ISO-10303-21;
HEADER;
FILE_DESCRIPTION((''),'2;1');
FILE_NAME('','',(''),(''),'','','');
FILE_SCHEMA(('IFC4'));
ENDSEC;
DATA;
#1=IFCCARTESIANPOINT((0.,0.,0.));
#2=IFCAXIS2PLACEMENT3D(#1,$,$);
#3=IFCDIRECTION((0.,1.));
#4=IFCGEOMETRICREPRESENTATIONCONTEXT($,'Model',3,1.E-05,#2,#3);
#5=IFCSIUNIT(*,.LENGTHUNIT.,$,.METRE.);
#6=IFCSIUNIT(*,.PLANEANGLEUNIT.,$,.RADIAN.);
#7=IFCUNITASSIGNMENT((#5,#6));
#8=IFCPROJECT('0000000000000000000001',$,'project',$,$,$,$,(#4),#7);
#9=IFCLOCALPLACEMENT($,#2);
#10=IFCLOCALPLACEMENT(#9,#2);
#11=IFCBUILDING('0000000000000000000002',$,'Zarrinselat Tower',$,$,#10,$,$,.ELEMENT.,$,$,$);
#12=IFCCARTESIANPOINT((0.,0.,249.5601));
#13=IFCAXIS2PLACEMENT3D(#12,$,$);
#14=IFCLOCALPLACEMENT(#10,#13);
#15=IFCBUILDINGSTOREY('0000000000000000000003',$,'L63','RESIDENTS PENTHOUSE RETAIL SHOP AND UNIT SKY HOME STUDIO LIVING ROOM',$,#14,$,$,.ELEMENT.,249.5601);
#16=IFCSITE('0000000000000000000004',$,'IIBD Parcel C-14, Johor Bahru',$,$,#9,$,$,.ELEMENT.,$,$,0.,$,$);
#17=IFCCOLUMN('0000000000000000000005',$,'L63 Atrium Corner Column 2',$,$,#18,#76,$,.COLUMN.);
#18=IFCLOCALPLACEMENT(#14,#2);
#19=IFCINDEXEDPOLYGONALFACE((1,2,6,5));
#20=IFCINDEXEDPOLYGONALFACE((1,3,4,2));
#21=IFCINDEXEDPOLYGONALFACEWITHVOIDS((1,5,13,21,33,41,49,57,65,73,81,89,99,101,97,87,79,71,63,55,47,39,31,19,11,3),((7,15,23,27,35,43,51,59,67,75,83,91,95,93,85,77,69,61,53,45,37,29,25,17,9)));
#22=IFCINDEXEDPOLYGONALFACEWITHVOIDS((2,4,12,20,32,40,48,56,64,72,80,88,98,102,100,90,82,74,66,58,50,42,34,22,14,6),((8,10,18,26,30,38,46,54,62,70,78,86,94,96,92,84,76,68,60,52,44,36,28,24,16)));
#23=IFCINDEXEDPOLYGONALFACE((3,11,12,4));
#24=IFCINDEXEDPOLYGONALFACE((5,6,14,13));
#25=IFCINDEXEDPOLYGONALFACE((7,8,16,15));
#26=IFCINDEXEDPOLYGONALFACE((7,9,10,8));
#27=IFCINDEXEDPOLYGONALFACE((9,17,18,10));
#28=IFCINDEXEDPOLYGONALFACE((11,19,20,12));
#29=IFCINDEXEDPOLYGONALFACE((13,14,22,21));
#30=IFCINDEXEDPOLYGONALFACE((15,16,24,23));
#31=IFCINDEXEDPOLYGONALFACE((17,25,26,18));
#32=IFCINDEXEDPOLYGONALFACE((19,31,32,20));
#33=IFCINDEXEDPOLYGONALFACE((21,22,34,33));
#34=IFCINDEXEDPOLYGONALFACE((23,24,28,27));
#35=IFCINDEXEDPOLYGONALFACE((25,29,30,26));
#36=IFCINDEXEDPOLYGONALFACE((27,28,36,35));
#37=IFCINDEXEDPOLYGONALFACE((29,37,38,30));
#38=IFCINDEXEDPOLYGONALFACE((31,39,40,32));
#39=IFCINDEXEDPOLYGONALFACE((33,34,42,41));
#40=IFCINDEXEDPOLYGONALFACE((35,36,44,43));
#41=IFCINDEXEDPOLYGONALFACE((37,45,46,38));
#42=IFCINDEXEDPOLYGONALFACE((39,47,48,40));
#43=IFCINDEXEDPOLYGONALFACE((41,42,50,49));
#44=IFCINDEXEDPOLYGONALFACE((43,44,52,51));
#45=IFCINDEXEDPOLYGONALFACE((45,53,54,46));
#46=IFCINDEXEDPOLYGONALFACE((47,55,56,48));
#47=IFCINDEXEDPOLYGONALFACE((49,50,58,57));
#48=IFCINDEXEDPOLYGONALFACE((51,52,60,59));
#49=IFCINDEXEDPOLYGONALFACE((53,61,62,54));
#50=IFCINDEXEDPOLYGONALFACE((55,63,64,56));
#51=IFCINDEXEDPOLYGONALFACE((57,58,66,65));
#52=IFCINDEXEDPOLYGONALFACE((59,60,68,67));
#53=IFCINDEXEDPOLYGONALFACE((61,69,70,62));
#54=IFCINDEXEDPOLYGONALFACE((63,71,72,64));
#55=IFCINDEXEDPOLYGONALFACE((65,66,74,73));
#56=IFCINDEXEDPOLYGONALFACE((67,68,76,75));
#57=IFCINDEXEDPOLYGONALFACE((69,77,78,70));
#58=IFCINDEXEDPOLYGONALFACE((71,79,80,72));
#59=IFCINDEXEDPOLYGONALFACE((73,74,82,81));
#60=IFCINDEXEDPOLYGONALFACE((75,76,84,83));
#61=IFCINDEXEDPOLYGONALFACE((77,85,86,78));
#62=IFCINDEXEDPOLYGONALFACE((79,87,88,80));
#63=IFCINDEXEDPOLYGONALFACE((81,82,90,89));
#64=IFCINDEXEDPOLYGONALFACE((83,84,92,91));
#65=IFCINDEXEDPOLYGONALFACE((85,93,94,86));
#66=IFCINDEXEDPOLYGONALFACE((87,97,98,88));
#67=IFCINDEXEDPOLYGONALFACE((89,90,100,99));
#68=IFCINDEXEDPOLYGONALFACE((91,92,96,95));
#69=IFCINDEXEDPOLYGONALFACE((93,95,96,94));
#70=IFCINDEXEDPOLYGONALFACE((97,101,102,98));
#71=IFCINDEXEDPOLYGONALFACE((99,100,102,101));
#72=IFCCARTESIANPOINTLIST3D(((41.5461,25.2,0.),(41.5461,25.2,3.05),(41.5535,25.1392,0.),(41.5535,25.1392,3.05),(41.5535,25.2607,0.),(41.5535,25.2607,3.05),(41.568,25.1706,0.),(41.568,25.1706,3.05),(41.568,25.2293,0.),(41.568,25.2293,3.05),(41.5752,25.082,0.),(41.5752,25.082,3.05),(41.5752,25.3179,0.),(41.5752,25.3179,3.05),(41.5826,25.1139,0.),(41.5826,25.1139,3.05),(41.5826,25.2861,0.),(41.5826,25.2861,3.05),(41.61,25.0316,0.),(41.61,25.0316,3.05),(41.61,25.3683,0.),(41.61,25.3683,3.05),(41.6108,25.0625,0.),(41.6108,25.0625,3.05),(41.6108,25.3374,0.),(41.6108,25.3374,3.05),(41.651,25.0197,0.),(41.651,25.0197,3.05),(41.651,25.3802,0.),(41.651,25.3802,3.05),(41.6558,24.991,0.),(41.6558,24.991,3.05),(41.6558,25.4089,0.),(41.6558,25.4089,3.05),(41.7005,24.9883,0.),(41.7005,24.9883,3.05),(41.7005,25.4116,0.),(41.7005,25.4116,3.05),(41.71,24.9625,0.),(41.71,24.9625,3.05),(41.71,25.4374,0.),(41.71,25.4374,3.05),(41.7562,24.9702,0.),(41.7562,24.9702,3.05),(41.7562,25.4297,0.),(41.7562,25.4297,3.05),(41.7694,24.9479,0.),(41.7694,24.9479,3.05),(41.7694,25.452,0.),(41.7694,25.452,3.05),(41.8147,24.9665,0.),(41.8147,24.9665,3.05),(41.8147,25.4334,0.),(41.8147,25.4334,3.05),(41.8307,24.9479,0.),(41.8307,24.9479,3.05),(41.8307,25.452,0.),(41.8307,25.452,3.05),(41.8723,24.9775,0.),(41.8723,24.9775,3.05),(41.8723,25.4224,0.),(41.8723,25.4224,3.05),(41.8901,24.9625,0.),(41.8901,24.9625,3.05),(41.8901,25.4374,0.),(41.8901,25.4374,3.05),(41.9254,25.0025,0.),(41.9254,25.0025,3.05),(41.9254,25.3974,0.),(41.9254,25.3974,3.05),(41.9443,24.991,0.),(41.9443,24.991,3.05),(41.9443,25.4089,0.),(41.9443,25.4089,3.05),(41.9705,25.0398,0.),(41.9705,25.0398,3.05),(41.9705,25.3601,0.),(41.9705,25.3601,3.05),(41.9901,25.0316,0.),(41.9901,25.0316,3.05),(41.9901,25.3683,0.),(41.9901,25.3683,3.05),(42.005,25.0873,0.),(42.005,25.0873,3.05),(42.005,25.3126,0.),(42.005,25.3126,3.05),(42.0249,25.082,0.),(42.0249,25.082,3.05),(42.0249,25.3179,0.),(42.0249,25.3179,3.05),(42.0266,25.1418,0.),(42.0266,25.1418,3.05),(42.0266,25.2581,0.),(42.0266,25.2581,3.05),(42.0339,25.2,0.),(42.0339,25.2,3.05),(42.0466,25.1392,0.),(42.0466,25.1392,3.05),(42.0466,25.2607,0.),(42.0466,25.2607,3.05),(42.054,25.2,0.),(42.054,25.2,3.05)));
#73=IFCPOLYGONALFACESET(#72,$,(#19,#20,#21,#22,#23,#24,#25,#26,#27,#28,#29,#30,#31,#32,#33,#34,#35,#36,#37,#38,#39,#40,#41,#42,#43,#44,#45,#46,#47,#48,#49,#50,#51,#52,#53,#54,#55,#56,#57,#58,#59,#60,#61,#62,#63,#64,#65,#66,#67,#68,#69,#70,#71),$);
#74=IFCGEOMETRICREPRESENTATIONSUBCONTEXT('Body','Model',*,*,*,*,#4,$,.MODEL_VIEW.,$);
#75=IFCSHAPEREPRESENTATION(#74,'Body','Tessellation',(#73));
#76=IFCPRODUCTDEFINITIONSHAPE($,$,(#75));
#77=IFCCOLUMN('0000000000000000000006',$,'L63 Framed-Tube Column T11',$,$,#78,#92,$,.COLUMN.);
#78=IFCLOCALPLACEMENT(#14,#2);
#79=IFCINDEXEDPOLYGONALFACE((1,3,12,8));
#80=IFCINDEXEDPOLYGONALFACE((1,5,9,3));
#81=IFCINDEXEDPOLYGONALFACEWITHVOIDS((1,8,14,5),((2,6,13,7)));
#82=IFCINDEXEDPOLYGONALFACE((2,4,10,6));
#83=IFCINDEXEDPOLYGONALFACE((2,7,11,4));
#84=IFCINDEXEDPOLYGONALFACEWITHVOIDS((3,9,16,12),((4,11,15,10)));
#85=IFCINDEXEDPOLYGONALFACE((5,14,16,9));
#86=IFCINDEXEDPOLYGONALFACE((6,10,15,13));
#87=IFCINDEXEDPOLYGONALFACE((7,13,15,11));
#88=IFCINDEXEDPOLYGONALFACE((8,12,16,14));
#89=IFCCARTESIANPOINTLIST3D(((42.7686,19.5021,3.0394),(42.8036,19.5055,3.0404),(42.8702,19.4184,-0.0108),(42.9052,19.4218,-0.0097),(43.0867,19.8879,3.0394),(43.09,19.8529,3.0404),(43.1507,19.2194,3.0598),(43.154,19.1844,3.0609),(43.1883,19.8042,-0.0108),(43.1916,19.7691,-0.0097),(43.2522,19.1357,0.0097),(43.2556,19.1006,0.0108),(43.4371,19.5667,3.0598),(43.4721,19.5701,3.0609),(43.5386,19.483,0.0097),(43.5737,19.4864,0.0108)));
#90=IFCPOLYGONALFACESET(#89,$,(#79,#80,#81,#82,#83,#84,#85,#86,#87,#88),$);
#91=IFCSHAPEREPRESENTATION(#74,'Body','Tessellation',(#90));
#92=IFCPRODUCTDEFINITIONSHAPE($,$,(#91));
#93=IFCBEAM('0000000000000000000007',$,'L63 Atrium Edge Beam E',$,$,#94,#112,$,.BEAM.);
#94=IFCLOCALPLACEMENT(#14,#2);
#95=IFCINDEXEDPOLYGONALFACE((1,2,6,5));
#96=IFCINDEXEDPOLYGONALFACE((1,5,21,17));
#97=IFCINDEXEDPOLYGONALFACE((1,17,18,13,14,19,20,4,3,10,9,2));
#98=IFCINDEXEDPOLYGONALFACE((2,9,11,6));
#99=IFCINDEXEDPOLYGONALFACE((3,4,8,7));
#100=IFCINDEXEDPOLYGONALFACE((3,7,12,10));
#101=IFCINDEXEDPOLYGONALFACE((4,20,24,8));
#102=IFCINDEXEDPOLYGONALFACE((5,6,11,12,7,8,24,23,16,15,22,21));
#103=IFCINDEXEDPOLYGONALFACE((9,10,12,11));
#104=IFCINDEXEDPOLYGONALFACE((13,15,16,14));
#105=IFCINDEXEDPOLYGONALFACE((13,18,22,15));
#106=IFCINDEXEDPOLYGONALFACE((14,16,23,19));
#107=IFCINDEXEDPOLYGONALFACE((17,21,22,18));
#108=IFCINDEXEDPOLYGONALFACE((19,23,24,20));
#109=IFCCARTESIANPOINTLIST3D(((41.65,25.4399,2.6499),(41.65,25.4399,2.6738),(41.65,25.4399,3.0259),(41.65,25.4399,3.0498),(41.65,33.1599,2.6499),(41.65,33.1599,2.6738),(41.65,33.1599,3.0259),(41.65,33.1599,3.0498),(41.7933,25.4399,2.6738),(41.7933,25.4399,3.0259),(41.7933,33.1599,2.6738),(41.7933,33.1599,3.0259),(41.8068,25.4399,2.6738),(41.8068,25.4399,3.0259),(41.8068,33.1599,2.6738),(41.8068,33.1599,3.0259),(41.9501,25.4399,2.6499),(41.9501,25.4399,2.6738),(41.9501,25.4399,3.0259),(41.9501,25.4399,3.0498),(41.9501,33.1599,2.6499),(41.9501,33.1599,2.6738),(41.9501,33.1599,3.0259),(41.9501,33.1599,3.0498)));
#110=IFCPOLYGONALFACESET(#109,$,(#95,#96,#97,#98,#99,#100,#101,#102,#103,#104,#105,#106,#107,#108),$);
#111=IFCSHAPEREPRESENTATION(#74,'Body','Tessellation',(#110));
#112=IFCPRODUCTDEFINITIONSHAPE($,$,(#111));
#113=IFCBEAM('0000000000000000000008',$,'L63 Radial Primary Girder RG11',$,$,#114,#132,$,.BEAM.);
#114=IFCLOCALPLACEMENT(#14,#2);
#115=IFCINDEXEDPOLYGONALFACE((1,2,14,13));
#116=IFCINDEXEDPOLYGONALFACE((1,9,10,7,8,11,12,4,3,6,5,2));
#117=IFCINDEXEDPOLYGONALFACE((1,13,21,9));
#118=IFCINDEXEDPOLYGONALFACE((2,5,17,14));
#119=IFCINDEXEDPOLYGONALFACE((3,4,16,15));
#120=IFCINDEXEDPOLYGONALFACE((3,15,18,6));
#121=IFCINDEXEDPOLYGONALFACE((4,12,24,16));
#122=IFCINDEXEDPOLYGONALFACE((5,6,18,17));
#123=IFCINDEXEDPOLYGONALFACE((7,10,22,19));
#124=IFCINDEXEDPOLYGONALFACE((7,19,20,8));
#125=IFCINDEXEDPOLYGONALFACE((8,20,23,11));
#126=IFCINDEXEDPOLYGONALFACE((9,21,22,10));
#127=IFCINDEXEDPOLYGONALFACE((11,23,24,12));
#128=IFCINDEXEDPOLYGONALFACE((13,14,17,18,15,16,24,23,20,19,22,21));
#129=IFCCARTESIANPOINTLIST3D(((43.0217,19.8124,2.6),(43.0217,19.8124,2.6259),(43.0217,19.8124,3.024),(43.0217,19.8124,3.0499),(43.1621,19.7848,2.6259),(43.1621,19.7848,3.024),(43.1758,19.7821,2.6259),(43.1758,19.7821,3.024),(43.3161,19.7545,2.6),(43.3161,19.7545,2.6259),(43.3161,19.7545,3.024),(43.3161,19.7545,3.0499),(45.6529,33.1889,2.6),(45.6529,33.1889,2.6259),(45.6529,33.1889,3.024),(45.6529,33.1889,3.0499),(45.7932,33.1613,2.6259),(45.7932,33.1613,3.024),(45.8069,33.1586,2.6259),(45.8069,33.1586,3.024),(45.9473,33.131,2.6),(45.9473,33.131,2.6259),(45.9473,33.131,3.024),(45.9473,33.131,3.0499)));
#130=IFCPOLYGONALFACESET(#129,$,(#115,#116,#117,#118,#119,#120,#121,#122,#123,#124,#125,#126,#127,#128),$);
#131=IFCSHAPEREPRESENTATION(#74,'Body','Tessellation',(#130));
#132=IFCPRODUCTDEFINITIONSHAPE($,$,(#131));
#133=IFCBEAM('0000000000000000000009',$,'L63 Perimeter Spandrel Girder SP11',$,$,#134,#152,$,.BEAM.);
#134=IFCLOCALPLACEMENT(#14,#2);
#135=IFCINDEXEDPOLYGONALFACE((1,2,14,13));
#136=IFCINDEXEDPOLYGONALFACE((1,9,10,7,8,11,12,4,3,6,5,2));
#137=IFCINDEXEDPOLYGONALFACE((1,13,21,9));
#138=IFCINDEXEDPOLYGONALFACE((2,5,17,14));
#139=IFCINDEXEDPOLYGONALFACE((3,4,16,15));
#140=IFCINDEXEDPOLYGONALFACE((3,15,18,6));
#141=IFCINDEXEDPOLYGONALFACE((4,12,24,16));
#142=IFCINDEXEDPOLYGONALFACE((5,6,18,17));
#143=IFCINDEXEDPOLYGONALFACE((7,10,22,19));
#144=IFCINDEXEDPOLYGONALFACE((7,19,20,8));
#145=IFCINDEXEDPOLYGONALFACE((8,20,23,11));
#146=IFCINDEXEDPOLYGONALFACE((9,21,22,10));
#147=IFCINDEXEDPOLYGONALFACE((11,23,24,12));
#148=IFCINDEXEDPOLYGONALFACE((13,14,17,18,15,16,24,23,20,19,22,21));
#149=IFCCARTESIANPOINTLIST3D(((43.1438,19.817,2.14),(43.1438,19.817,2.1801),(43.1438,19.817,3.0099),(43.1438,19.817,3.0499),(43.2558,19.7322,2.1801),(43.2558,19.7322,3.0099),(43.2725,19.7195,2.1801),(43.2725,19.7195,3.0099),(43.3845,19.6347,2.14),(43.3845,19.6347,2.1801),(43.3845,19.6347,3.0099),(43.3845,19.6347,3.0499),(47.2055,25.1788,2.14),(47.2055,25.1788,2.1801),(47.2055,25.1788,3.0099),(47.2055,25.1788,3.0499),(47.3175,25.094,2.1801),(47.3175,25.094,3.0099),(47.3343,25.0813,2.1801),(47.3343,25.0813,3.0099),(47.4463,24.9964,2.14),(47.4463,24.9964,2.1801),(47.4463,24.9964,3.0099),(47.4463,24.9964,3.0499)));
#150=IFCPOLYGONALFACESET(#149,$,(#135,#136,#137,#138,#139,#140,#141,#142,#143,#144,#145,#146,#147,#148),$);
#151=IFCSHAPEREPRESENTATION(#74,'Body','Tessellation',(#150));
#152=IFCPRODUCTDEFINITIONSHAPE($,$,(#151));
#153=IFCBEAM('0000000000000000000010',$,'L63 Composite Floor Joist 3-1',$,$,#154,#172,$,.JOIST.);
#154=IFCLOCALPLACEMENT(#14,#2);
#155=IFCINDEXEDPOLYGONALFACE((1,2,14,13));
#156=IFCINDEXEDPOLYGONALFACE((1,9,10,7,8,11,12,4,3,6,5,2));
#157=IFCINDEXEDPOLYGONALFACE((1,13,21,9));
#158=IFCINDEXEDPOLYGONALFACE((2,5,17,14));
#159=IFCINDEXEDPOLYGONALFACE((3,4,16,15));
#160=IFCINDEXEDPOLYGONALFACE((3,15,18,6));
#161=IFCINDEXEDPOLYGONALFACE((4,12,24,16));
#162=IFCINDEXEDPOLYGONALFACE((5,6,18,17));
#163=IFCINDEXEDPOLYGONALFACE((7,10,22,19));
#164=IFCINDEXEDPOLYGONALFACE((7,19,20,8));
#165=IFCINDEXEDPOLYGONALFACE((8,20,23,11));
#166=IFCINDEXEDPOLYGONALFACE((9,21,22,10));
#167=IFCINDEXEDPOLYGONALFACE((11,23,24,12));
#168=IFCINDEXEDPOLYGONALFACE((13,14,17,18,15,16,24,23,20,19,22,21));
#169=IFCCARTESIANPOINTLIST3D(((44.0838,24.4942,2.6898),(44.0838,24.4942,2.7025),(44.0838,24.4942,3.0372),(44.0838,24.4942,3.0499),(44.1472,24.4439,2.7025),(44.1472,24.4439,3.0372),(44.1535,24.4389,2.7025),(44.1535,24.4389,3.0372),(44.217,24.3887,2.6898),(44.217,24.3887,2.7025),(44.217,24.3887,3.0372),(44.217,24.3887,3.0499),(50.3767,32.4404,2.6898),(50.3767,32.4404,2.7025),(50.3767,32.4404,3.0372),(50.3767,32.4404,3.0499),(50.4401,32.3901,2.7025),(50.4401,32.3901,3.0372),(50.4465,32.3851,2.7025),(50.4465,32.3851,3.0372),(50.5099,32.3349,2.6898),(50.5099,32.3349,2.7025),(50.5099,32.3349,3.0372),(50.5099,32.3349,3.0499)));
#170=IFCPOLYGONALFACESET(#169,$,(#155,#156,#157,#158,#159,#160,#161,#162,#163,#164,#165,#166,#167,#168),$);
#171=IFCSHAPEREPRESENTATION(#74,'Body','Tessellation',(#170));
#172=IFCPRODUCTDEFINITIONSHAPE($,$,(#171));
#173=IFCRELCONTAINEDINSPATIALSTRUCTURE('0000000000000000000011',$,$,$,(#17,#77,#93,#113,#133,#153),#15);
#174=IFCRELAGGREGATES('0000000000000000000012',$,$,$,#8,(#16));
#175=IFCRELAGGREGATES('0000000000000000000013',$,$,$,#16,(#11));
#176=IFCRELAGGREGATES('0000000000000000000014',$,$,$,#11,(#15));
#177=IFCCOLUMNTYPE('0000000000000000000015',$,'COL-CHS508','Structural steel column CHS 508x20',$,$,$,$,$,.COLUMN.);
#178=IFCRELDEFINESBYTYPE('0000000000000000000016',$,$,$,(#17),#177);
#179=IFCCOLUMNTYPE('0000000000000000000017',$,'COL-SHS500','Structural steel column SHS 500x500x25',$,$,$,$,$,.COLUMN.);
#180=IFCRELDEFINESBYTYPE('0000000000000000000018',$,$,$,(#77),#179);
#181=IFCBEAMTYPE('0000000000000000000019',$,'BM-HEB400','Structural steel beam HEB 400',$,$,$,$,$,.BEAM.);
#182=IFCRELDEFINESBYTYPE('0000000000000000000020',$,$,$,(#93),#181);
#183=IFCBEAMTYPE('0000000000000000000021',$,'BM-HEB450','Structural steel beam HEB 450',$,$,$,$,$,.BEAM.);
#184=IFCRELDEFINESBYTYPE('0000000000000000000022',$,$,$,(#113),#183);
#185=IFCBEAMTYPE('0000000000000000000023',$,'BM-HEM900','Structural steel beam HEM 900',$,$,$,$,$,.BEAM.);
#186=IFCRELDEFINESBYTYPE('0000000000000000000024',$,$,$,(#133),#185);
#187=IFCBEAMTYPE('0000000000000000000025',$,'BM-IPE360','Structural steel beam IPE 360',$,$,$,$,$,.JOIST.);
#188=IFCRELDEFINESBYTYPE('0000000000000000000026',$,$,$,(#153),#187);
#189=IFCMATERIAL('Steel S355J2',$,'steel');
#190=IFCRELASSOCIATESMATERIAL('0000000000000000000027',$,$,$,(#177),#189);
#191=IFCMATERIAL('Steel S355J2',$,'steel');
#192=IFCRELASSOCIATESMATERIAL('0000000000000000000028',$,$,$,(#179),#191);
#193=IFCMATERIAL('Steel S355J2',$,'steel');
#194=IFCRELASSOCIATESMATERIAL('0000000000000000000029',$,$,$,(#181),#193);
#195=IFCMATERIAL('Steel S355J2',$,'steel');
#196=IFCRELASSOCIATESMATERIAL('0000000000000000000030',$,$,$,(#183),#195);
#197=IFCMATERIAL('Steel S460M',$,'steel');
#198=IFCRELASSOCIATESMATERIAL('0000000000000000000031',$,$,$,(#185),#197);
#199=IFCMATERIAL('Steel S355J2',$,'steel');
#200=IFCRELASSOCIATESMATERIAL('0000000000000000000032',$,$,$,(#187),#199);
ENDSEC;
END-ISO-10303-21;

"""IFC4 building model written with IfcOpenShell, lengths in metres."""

from ifc_helpers import new_model, si_unit, direction, frame, origin, origin_2d, place, context, subcontext, project, spatial, hollow_rectangle, hollow_circle, i_section, extrude, material, material_profile, profile_set, type_object, element, save


model = new_model("IFC4")

# Units and contexts
model_context = context("Model", 3, precision=1e-05, world=origin(), true_north=direction((0.0, 1.0)))
body_context = subcontext(model_context, "Body", "Model", "MODEL_VIEW")
ifc_project = project(units=[si_unit("LENGTHUNIT", "METRE"), si_unit("PLANEANGLEUNIT", "RADIAN")], contexts=[model_context])

# Site, building, storey
site_placement = place(None, origin())
site = spatial("IfcSite", under=ifc_project, at=site_placement, Name="IIBD Parcel C-14, Johor Bahru", CompositionType="ELEMENT", RefElevation=0.0)
building_placement = place(site_placement, origin())
building = spatial("IfcBuilding", under=site, at=building_placement, Name="Zarrinselat Tower", CompositionType="ELEMENT")
storey_placement = place(building_placement, frame((0.0, 0.0, 249.5601)))
storey = spatial("IfcBuildingStorey", under=building, at=storey_placement, Name="L63", Description="RESIDENTS PENTHOUSE RETAIL SHOP AND UNIT SKY HOME STUDIO LIVING ROOM", CompositionType="ELEMENT", Elevation=249.5601)

# Columns
ifc_material_1 = material(Name="Steel S355J2", Category="steel")
ifc_material_profile_1 = material_profile(ifc_material_1, hollow_circle(Radius=0.2539, WallThickness=0.02, at=origin_2d()), Name="CHS 508x20")
ifc_profile_set_1 = profile_set([ifc_material_profile_1], Name="Steel S355J2")
column_type_1 = type_object("IfcColumnType", Name="COL-CHS508", Description="Structural steel column CHS 508x20", PredefinedType="COLUMN", material=ifc_profile_set_1)
column_1_placement = place(storey_placement, frame((41.8, 25.2, 0.0), z_axis=(0.0, 0.0, 1.0), x_axis=(1.0, 0.0, 0.0)))
element("IfcColumn", 1, at=column_1_placement, inside=storey, type_object=column_type_1, Name="L63 Atrium Corner Column 2", PredefinedType="COLUMN", context=body_context, shape_type="SweptSolid", body=[
    extrude(hollow_circle(Radius=0.2539, WallThickness=0.02, at=origin_2d()), origin(), (0.0, 0.0, 1.0), 3.05),
])
ifc_material_2 = material(Name="Steel S355J2", Category="steel")
ifc_material_profile_2 = material_profile(ifc_material_2, hollow_rectangle(XDim=0.5, YDim=0.5, WallThickness=0.0249, at=origin_2d()), Name="SHS 500x500x25")
ifc_profile_set_2 = profile_set([ifc_material_profile_2], Name="Steel S355J2")
column_type_2 = type_object("IfcColumnType", Name="COL-SHS500", Description="Structural steel column SHS 500x500x25", PredefinedType="COLUMN", material=ifc_profile_set_2)
column_2_placement = place(storey_placement, frame((43.2219, 19.4524, 0.0), z_axis=(-0.033268, 0.02743, 0.99907), x_axis=(-0.636162, -0.771555, 0.0)))
element("IfcColumn", 2, at=column_2_placement, inside=storey, type_object=column_type_2, Name="L63 Framed-Tube Column T11", PredefinedType="COLUMN", context=body_context, shape_type="SweptSolid", body=[
    extrude(hollow_rectangle(XDim=0.5, YDim=0.5, WallThickness=0.0249, at=origin_2d()), origin(), (0.0, 0.0, 1.0), 3.053),
])

# Beams
ifc_material_3 = material(Name="Steel S355J2", Category="steel")
ifc_material_profile_3 = material_profile(ifc_material_3, i_section(OverallWidth=0.3, OverallDepth=0.3999, WebThickness=0.0134, FlangeThickness=0.0239, at=origin_2d()), Name="HEB 400")
ifc_profile_set_3 = profile_set([ifc_material_profile_3], Name="Steel S355J2")
beam_type_1 = type_object("IfcBeamType", Name="BM-HEB400", Description="Structural steel beam HEB 400", PredefinedType="BEAM", material=ifc_profile_set_3)
beam_1_placement = place(storey_placement, frame((41.8, 25.4399, 2.8499), z_axis=(0.0, 1.0, 0.0), x_axis=(-1.0, 0.0, 0.0)))
element("IfcBeam", 3, at=beam_1_placement, inside=storey, type_object=beam_type_1, Name="L63 Atrium Edge Beam E", PredefinedType="BEAM", context=body_context, shape_type="SweptSolid", body=[
    extrude(i_section(OverallWidth=0.3, OverallDepth=0.3999, WebThickness=0.0134, FlangeThickness=0.0239, at=origin_2d()), origin(), (0.0, 0.0, 1.0), 7.72),
])
ifc_material_4 = material(Name="Steel S355J2", Category="steel")
ifc_material_profile_4 = material_profile(ifc_material_4, i_section(OverallWidth=0.3, OverallDepth=0.45, WebThickness=0.0139, FlangeThickness=0.0259, at=origin_2d()), Name="HEB 450")
ifc_profile_set_4 = profile_set([ifc_material_profile_4], Name="Steel S355J2")
beam_type_2 = type_object("IfcBeamType", Name="BM-HEB450", Description="Structural steel beam HEB 450", PredefinedType="BEAM", material=ifc_profile_set_4)
beam_2_placement = place(storey_placement, frame((43.1689, 19.7834, 2.825), z_axis=(0.192998, 0.981199, 0.0), x_axis=(-0.981199, 0.192998, 0.0)))
element("IfcBeam", 4, at=beam_2_placement, inside=storey, type_object=beam_type_2, Name="L63 Radial Primary Girder RG11", PredefinedType="BEAM", context=body_context, shape_type="SweptSolid", body=[
    extrude(i_section(OverallWidth=0.3, OverallDepth=0.45, WebThickness=0.0139, FlangeThickness=0.0259, at=origin_2d()), origin(), (0.0, 0.0, 1.0), 13.6328),
])
ifc_material_5 = material(Name="Steel S460M", Category="steel")
ifc_material_profile_5 = material_profile(ifc_material_5, i_section(OverallWidth=0.302, OverallDepth=0.9099, WebThickness=0.021, FlangeThickness=0.04, at=origin_2d()), Name="HEM 900")
ifc_profile_set_5 = profile_set([ifc_material_profile_5], Name="Steel S460M")
beam_type_3 = type_object("IfcBeamType", Name="BM-HEM900", Description="Structural steel beam HEM 900", PredefinedType="BEAM", material=ifc_profile_set_5)
beam_3_placement = place(storey_placement, frame((43.2642, 19.7258, 2.595), z_axis=(0.603837, 0.797108, 0.0), x_axis=(-0.797108, 0.603837, 0.0)))
element("IfcBeam", 5, at=beam_3_placement, inside=storey, type_object=beam_type_3, Name="L63 Perimeter Spandrel Girder SP11", PredefinedType="BEAM", context=body_context, shape_type="SweptSolid", body=[
    extrude(i_section(OverallWidth=0.302, OverallDepth=0.9099, WebThickness=0.021, FlangeThickness=0.04, at=origin_2d()), origin(), (0.0, 0.0, 1.0), 6.7266),
])
ifc_material_6 = material(Name="Steel S355J2", Category="steel")
ifc_material_profile_6 = material_profile(ifc_material_6, i_section(OverallWidth=0.1699, OverallDepth=0.3601, WebThickness=0.0081, FlangeThickness=0.0127, at=origin_2d()), Name="IPE 360")
ifc_profile_set_6 = profile_set([ifc_material_profile_6], Name="Steel S355J2")
beam_type_4 = type_object("IfcBeamType", Name="BM-IPE360", Description="Structural steel beam IPE 360", PredefinedType="JOIST", material=ifc_profile_set_6)
beam_4_placement = place(storey_placement, frame((44.1504, 24.4414, 2.8699), z_axis=(0.620834, 0.783942, 0.0), x_axis=(-0.783942, 0.620834, 0.0)))
element("IfcBeam", 6, at=beam_4_placement, inside=storey, type_object=beam_type_4, Name="L63 Composite Floor Joist 3-1", PredefinedType="JOIST", context=body_context, shape_type="SweptSolid", body=[
    extrude(i_section(OverallWidth=0.1699, OverallDepth=0.3601, WebThickness=0.0081, FlangeThickness=0.0127, at=origin_2d()), origin(), (0.0, 0.0, 1.0), 10.1362),
])

save(model, "model.ifc")
